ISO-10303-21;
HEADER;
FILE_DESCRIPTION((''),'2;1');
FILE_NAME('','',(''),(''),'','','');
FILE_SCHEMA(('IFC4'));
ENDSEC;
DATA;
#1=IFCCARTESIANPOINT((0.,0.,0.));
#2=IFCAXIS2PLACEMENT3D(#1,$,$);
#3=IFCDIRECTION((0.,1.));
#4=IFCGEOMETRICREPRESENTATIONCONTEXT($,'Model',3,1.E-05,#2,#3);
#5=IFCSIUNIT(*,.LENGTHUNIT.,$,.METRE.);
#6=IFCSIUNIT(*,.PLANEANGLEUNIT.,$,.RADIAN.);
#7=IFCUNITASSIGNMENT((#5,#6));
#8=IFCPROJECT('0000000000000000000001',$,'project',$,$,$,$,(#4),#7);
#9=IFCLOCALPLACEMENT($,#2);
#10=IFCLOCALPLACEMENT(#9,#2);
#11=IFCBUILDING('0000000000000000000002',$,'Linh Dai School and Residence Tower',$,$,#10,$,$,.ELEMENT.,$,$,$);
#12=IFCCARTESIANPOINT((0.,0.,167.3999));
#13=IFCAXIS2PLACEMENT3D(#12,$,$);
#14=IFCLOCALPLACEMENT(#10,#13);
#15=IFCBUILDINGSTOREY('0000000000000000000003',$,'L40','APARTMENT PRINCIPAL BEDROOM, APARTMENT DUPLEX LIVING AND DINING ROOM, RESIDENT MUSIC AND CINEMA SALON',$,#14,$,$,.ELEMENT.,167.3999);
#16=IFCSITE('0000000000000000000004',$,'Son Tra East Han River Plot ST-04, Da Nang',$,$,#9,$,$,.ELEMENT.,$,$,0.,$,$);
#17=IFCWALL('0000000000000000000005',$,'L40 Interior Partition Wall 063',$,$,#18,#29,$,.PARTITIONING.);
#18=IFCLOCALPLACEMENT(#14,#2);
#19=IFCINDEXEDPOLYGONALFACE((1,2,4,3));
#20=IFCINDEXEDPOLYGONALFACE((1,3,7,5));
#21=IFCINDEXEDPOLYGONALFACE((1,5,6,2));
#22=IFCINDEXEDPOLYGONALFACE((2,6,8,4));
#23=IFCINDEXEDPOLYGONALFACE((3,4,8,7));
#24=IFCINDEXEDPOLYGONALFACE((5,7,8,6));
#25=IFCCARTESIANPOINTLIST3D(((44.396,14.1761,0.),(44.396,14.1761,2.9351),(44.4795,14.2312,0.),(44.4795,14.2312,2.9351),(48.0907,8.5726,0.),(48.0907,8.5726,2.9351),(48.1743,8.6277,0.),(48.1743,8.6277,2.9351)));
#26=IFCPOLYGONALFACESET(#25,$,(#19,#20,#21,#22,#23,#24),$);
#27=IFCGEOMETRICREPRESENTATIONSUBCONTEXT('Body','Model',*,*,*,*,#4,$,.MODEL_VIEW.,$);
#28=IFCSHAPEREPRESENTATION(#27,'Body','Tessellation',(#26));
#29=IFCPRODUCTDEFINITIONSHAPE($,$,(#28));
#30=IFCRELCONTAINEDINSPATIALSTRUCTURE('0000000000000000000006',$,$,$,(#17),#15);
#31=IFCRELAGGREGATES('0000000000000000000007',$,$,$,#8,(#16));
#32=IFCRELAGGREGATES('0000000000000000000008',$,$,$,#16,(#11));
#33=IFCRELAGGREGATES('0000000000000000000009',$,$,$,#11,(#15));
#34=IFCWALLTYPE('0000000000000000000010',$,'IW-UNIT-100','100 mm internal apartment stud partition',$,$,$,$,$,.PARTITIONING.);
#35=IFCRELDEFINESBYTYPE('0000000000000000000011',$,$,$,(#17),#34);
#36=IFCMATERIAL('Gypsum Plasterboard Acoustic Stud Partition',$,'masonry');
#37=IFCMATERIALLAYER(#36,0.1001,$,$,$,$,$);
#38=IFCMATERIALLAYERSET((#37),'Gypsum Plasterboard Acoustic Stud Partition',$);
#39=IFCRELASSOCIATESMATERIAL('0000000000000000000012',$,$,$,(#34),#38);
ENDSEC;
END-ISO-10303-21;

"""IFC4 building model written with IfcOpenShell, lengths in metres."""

from ifc_helpers import new_model, si_unit, direction, frame, frame_2d, origin, place, context, subcontext, project, spatial, rectangle, extrude, material, layer, layer_set, type_object, element, save


model = new_model("IFC4")

# Units and contexts
model_context = context("Model", 3, precision=1e-05, world=origin(), true_north=direction((0.0, 1.0)))
body_context = subcontext(model_context, "Body", "Model", "MODEL_VIEW")
ifc_project = project(units=[si_unit("LENGTHUNIT", "METRE"), si_unit("PLANEANGLEUNIT", "RADIAN")], contexts=[model_context])

# Site, building, storey
site_placement = place(None, origin())
site = spatial("IfcSite", under=ifc_project, at=site_placement, Name="Son Tra East Han River Plot ST-04, Da Nang", CompositionType="ELEMENT", RefElevation=0.0)
building_placement = place(site_placement, origin())
building = spatial("IfcBuilding", under=site, at=building_placement, Name="Linh Dai School and Residence Tower", CompositionType="ELEMENT")
storey_placement = place(building_placement, frame((0.0, 0.0, 167.3999)))
storey = spatial("IfcBuildingStorey", under=building, at=storey_placement, Name="L40", Description="APARTMENT PRINCIPAL BEDROOM, APARTMENT DUPLEX LIVING AND DINING ROOM, RESIDENT MUSIC AND CINEMA SALON", CompositionType="ELEMENT", Elevation=167.3999)

# Shared definitions
ifc_material_1 = material(Name="Gypsum Plasterboard Acoustic Stud Partition", Category="masonry")
ifc_layer_1 = layer(ifc_material_1, 0.1001)
ifc_layer_set_1 = layer_set([ifc_layer_1], Name="Gypsum Plasterboard Acoustic Stud Partition")
wall_type_1 = type_object("IfcWallType", Name="IW-UNIT-100", Description="100 mm internal apartment stud partition", PredefinedType="PARTITIONING", material=ifc_layer_set_1)

# Wall
wall_1_placement = place(storey_placement, frame((44.4377, 14.2036, 0.0), z_axis=(0.0, 0.0, 1.0), x_axis=(0.550479, -0.834849, 0.0)))
element("IfcWall", 1, at=wall_1_placement, inside=storey, type_object=wall_type_1, Name="L40 Interior Partition Wall 063", PredefinedType="PARTITIONING", context=body_context, shape_type="SweptSolid", body=[
    extrude(rectangle(XDim=6.7119, YDim=0.1001, at=frame_2d((3.356, 0.0))), origin(), (0.0, 0.0, 1.0), 2.9351),
])

save(model, "model.ifc")
